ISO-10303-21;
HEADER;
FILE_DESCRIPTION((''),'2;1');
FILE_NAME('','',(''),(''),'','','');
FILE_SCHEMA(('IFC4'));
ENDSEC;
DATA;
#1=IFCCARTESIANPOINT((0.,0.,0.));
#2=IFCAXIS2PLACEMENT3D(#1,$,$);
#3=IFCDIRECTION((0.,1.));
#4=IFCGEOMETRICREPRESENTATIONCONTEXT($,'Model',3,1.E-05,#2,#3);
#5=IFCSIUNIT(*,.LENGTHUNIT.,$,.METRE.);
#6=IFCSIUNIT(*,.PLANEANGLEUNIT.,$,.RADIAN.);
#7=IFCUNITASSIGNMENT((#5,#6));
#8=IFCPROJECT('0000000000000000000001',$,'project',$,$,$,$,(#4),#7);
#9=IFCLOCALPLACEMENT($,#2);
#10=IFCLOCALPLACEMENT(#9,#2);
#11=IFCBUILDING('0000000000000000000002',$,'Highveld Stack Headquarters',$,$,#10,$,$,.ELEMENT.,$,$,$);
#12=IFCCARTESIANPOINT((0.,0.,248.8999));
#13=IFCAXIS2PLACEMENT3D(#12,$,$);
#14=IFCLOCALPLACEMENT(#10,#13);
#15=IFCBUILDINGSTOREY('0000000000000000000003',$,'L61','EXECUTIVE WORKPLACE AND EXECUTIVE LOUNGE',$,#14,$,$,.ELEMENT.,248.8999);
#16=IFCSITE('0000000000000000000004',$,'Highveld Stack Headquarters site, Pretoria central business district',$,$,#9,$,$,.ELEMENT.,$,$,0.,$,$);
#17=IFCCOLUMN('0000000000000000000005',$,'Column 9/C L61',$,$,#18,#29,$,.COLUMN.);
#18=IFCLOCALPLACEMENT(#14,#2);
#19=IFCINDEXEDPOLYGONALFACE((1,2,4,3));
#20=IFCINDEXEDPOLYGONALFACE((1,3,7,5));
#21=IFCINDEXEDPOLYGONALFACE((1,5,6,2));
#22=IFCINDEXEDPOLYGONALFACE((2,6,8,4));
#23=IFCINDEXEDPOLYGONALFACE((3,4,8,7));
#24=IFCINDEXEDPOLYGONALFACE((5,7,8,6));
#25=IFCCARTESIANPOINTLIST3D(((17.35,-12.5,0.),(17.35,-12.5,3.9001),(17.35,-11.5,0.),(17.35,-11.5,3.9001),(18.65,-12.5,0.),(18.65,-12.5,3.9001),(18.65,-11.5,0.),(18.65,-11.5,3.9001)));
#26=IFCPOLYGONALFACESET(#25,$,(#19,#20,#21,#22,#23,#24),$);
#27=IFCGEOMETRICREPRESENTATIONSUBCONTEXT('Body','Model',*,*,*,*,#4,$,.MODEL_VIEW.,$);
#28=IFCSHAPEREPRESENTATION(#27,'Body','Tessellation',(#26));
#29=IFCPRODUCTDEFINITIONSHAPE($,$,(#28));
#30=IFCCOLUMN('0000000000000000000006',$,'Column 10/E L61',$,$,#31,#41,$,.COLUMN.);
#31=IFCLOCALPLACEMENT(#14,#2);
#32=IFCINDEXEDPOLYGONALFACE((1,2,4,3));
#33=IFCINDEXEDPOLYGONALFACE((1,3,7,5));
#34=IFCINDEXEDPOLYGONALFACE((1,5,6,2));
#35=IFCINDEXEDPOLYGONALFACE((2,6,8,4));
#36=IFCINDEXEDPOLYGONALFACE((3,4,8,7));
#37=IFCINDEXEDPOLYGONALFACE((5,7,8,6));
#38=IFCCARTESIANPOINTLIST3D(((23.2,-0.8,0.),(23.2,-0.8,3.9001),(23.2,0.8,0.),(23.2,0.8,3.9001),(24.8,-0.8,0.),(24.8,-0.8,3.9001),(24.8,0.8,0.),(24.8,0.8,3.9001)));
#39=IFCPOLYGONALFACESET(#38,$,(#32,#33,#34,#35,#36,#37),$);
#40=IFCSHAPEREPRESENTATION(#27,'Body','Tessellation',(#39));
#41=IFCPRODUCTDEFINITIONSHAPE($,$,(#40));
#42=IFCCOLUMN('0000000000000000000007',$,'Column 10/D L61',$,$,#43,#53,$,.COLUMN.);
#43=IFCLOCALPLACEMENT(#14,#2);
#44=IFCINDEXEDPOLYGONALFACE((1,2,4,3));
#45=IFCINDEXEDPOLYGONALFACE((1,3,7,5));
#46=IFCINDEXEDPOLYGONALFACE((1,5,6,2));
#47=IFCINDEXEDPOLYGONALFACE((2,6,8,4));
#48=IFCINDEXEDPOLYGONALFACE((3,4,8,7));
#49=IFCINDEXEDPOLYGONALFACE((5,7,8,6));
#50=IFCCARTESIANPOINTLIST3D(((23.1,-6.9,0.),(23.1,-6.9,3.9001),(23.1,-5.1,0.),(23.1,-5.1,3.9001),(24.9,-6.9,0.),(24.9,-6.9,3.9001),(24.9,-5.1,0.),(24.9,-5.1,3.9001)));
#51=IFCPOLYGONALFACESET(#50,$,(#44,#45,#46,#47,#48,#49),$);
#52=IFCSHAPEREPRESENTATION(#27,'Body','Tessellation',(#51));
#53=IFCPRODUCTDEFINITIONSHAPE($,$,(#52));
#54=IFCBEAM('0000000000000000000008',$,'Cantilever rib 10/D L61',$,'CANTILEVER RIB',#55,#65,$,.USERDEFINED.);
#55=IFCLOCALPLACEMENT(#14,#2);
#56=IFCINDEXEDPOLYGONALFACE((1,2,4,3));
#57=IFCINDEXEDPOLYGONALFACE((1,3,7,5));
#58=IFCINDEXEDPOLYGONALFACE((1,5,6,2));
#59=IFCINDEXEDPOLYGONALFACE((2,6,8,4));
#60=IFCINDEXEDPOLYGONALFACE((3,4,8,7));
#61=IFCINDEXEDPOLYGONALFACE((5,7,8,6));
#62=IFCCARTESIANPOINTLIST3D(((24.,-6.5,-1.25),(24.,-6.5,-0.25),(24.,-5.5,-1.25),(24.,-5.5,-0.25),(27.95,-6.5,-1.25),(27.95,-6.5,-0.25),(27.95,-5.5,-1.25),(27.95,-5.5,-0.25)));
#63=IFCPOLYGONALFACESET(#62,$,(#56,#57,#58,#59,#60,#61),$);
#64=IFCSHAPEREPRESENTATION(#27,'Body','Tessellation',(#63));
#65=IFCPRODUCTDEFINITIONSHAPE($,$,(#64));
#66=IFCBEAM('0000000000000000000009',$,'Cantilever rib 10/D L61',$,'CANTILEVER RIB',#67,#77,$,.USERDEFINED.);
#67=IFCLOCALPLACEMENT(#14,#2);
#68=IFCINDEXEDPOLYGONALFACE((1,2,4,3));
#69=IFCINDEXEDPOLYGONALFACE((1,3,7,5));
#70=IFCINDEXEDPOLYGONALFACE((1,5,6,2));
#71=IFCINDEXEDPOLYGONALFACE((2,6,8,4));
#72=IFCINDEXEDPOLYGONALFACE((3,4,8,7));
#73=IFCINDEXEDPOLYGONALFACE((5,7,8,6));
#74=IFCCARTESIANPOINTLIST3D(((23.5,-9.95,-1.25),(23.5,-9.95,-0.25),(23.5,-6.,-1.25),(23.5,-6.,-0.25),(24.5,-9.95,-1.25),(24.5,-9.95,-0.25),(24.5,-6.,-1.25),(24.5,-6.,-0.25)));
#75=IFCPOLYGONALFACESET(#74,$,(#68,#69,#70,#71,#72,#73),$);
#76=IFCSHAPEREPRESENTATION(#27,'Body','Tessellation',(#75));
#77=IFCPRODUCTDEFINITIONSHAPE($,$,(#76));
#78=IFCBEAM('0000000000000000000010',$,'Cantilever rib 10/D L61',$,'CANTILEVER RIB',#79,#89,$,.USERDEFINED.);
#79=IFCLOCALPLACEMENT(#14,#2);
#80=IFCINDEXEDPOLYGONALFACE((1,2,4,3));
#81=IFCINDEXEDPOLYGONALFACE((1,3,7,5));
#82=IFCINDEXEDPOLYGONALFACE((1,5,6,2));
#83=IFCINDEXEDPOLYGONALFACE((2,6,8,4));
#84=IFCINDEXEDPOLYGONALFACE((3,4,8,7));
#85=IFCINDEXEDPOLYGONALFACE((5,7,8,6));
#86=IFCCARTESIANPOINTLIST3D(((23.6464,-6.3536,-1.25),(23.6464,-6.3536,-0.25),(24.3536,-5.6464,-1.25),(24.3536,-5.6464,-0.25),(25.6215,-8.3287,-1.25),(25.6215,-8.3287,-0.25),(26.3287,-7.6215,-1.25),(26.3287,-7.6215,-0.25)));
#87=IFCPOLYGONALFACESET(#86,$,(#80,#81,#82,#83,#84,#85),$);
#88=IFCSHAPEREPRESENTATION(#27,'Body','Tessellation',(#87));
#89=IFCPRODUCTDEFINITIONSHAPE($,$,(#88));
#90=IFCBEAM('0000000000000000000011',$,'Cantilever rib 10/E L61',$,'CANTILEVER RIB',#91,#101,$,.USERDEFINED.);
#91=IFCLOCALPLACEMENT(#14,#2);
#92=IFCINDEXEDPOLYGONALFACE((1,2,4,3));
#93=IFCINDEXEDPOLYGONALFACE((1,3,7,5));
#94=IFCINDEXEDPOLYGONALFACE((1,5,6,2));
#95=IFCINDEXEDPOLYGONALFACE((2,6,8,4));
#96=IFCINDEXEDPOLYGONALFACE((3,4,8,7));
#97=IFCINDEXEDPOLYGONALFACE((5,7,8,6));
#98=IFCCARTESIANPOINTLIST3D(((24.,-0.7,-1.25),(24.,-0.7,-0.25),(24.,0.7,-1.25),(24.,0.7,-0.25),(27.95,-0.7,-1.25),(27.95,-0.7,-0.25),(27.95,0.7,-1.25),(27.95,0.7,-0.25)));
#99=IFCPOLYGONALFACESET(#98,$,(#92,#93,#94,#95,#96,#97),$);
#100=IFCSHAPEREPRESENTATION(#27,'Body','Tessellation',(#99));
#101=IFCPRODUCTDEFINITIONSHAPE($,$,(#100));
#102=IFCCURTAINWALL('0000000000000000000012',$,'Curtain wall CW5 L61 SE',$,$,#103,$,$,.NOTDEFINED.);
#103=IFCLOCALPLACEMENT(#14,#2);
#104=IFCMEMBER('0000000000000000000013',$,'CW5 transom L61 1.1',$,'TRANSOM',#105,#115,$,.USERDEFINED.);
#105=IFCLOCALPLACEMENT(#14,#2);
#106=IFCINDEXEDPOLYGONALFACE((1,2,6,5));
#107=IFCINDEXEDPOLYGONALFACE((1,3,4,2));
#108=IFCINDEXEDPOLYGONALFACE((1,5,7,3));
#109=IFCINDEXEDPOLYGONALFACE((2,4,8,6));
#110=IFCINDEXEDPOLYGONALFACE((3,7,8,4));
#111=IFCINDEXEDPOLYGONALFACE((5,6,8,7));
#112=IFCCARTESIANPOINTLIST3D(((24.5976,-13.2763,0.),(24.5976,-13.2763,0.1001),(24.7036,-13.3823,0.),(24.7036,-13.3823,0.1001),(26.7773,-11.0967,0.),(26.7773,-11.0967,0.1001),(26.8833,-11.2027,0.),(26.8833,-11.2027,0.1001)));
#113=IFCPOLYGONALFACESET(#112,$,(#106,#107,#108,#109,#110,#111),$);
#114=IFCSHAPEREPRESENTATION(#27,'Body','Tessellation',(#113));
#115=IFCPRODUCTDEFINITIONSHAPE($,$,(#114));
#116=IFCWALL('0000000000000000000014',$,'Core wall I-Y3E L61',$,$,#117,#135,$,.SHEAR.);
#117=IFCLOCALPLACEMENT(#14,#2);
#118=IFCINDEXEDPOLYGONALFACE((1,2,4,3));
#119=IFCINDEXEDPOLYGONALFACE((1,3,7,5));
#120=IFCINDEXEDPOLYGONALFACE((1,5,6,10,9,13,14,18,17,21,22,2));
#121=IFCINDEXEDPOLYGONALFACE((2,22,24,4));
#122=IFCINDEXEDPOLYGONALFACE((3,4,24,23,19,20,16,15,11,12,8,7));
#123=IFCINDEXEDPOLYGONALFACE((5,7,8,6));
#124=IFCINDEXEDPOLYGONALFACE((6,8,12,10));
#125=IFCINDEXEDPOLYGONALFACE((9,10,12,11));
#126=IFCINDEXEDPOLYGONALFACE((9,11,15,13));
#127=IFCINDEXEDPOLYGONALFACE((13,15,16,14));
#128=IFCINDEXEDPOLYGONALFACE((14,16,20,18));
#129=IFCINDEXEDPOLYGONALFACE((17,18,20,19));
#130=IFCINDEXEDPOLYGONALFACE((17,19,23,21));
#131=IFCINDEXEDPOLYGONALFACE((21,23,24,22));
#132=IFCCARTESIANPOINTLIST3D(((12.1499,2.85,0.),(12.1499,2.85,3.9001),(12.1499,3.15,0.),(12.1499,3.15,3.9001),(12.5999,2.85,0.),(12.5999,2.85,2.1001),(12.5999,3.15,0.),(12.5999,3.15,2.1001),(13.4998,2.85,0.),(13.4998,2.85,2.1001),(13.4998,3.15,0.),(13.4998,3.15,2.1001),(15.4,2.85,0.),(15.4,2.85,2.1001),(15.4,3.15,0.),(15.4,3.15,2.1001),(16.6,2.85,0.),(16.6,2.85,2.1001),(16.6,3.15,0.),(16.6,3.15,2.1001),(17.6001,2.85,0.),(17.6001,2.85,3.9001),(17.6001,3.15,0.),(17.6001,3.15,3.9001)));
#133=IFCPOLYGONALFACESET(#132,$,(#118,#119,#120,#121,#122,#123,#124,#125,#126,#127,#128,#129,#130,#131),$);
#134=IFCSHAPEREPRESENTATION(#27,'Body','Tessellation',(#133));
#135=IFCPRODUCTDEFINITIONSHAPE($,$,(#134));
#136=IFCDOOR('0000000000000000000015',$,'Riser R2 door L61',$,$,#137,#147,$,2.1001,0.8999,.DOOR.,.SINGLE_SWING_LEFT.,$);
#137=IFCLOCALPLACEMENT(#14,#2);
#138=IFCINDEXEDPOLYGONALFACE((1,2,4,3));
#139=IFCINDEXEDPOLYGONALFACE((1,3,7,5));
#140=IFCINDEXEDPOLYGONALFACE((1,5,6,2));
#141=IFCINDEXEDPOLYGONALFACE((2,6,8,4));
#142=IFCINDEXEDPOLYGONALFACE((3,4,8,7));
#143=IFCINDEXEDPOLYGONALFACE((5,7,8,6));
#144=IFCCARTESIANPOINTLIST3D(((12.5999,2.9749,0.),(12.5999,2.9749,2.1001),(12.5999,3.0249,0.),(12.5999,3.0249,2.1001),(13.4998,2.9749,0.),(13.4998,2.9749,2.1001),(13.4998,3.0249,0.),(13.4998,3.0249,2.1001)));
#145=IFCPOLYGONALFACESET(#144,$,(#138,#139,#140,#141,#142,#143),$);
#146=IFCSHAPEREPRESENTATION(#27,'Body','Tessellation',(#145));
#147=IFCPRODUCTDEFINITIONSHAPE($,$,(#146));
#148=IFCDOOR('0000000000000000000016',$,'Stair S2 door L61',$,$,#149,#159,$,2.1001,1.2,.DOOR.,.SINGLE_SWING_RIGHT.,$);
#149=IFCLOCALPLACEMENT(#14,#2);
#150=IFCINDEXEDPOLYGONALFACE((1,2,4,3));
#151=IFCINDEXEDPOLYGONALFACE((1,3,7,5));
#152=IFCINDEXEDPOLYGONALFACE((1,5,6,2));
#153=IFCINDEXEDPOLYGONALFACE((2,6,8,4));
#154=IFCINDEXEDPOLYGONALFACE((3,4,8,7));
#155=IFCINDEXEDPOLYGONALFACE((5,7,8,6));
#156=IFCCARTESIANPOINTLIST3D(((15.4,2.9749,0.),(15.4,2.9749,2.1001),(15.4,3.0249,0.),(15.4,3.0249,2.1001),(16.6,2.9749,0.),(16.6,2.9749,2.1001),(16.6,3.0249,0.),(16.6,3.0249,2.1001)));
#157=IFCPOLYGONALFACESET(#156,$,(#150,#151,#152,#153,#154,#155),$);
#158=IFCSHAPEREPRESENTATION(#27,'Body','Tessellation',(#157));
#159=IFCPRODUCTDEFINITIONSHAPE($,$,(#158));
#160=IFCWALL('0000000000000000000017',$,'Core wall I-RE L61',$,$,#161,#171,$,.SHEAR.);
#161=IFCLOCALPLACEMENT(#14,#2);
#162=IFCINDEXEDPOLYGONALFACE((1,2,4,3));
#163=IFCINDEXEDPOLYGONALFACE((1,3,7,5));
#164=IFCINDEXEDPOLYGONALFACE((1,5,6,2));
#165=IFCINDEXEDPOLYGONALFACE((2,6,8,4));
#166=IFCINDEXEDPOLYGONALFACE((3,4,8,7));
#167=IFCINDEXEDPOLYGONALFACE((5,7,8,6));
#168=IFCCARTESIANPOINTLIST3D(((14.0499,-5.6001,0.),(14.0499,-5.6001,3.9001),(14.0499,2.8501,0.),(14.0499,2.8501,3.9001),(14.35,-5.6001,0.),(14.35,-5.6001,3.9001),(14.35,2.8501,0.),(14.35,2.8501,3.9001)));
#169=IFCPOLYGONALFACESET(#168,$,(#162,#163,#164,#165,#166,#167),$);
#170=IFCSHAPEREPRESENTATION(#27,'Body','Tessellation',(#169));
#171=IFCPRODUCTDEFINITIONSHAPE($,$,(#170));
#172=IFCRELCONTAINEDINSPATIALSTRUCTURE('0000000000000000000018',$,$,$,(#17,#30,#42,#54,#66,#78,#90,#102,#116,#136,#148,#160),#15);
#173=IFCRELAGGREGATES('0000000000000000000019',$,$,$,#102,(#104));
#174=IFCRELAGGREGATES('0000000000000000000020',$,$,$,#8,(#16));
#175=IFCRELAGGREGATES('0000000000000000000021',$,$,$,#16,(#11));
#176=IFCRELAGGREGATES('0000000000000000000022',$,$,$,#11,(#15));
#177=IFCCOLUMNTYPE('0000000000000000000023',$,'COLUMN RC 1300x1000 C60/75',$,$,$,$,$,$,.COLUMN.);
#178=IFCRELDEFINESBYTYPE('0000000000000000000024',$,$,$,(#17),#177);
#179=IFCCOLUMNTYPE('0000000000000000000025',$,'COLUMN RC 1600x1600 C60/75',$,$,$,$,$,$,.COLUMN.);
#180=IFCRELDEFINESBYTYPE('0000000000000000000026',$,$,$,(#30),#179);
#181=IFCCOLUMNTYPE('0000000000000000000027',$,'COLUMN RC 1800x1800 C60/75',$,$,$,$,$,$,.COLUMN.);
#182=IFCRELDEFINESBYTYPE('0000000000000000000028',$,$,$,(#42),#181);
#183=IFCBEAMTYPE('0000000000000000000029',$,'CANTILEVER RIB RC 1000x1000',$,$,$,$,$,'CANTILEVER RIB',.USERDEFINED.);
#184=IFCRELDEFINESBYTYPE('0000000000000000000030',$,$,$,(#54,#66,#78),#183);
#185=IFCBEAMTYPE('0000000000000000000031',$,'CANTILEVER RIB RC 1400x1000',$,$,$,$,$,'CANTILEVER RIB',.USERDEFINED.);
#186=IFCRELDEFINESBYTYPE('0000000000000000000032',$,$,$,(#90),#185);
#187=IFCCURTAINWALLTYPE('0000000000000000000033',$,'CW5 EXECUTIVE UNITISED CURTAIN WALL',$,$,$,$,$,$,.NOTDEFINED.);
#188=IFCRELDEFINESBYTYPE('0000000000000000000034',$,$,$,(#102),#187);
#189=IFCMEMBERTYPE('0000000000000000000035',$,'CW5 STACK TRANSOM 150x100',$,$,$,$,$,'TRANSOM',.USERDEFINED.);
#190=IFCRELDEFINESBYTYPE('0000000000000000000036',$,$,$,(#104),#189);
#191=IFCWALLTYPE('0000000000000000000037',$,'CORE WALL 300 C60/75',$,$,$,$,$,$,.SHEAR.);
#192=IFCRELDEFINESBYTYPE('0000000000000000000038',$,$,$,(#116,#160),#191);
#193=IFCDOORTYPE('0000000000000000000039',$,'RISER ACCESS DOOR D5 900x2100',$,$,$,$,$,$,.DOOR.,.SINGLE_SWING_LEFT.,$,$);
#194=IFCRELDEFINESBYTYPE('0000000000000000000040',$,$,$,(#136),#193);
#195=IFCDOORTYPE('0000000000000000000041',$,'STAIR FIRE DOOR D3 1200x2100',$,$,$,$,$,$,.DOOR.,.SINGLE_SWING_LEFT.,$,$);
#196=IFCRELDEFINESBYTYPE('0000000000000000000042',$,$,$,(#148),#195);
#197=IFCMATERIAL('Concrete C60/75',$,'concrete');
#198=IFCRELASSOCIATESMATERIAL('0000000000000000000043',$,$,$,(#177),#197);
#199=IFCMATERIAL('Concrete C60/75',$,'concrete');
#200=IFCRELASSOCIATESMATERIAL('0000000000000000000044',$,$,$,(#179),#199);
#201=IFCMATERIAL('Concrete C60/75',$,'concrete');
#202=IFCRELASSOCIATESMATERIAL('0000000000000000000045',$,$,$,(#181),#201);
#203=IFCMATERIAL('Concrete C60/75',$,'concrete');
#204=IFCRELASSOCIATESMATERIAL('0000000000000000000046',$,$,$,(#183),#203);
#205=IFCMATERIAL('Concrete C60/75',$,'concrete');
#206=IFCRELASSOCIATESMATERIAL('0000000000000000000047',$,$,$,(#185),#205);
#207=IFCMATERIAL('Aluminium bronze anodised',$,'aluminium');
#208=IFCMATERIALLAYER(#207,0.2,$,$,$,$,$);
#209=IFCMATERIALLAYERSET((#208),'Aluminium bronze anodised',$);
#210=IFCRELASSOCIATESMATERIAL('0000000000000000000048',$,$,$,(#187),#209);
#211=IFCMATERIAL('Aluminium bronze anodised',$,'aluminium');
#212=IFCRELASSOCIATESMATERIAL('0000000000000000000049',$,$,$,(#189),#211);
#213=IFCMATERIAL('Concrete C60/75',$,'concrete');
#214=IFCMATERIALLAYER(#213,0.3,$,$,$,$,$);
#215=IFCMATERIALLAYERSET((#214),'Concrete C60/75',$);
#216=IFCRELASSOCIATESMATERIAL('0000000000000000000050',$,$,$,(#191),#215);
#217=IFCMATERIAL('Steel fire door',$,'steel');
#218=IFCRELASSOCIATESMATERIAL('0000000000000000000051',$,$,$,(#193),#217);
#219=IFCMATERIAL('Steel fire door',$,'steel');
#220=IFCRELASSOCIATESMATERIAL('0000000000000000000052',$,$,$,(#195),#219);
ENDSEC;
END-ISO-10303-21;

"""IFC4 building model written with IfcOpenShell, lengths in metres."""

from ifc_helpers import new_model, si_unit, direction, frame, frame_2d, origin, origin_2d, place, context, subcontext, project, spatial, rectangle, extrude, material, layer, layer_set, material_profile, profile_set, type_object, element, fill, aggregate, save


model = new_model("IFC4")

# Units and contexts
model_context = context("Model", 3, precision=1e-05, world=origin(), true_north=direction((0.0, 1.0)))
body_context = subcontext(model_context, "Body", "Model", "MODEL_VIEW")
ifc_project = project(units=[si_unit("LENGTHUNIT", "METRE"), si_unit("PLANEANGLEUNIT", "RADIAN")], contexts=[model_context])

# Site, building, storey
site_placement = place(None, origin())
site = spatial("IfcSite", under=ifc_project, at=site_placement, Name="Highveld Stack Headquarters site, Pretoria central business district", CompositionType="ELEMENT", RefElevation=0.0)
building_placement = place(site_placement, origin())
building = spatial("IfcBuilding", under=site, at=building_placement, Name="Highveld Stack Headquarters", CompositionType="ELEMENT")
storey_placement = place(building_placement, frame((0.0, 0.0, 248.8999)))
storey = spatial("IfcBuildingStorey", under=building, at=storey_placement, Name="L61", Description="EXECUTIVE WORKPLACE AND EXECUTIVE LOUNGE", CompositionType="ELEMENT", Elevation=248.8999)

# Columns
ifc_material_1 = material(Name="Concrete C60/75", Category="concrete")
ifc_material_profile_1 = material_profile(ifc_material_1, rectangle(XDim=1.3, YDim=1.0, at=origin_2d()), Name="RC 1300x1000")
ifc_profile_set_1 = profile_set([ifc_material_profile_1], Name="Concrete C60/75")
column_type_1 = type_object("IfcColumnType", Name="COLUMN RC 1300x1000 C60/75", PredefinedType="COLUMN", material=ifc_profile_set_1)
column_1_placement = place(storey_placement, frame((18.0, -12.0, 0.0), z_axis=(0.0, 0.0, 1.0), x_axis=(1.0, 0.0, 0.0)))
element("IfcColumn", 1, at=column_1_placement, inside=storey, type_object=column_type_1, Name="Column 9/C L61", PredefinedType="COLUMN", context=body_context, shape_type="SweptSolid", body=[
    extrude(rectangle(XDim=1.3, YDim=1.0, at=origin_2d()), origin(), (0.0, 0.0, 1.0), 3.9001),
])
ifc_material_2 = material(Name="Concrete C60/75", Category="concrete")
ifc_material_profile_2 = material_profile(ifc_material_2, rectangle(XDim=1.6001, YDim=1.6001, at=origin_2d()), Name="RC 1600x1600")
ifc_profile_set_2 = profile_set([ifc_material_profile_2], Name="Concrete C60/75")
column_type_2 = type_object("IfcColumnType", Name="COLUMN RC 1600x1600 C60/75", PredefinedType="COLUMN", material=ifc_profile_set_2)
column_2_placement = place(storey_placement, frame((24.0, 0.0, 0.0), z_axis=(0.0, 0.0, 1.0), x_axis=(1.0, 0.0, 0.0)))
element("IfcColumn", 2, at=column_2_placement, inside=storey, type_object=column_type_2, Name="Column 10/E L61", PredefinedType="COLUMN", context=body_context, shape_type="SweptSolid", body=[
    extrude(rectangle(XDim=1.6001, YDim=1.6001, at=origin_2d()), origin(), (0.0, 0.0, 1.0), 3.9001),
])
ifc_material_3 = material(Name="Concrete C60/75", Category="concrete")
ifc_material_profile_3 = material_profile(ifc_material_3, rectangle(XDim=1.8, YDim=1.8, at=origin_2d()), Name="RC 1800x1800")
ifc_profile_set_3 = profile_set([ifc_material_profile_3], Name="Concrete C60/75")
column_type_3 = type_object("IfcColumnType", Name="COLUMN RC 1800x1800 C60/75", PredefinedType="COLUMN", material=ifc_profile_set_3)
column_3_placement = place(storey_placement, frame((24.0, -6.0, 0.0), z_axis=(0.0, 0.0, 1.0), x_axis=(1.0, 0.0, 0.0)))
element("IfcColumn", 3, at=column_3_placement, inside=storey, type_object=column_type_3, Name="Column 10/D L61", PredefinedType="COLUMN", context=body_context, shape_type="SweptSolid", body=[
    extrude(rectangle(XDim=1.8, YDim=1.8, at=origin_2d()), origin(), (0.0, 0.0, 1.0), 3.9001),
])

# Beams
ifc_material_4 = material(Name="Concrete C60/75", Category="concrete")
ifc_material_profile_4 = material_profile(ifc_material_4, rectangle(XDim=1.0, YDim=1.0, at=origin_2d()), Name="RC 1000x1000")
ifc_profile_set_4 = profile_set([ifc_material_profile_4], Name="Concrete C60/75")
beam_type_1 = type_object("IfcBeamType", Name="CANTILEVER RIB RC 1000x1000", ElementType="CANTILEVER RIB", PredefinedType="USERDEFINED", material=ifc_profile_set_4)
for number, where, z_axis, x_axis, name in (
    (4, (24.0, -6.0, -0.75), (1.0, 0.0, 0.0), (0.0, 1.0, 0.0), "Cantilever rib 10/D L61"),
    (5, (24.0, -6.0, -0.75), (0.0, -1.0, 0.0), (1.0, 0.0, 0.0), "Cantilever rib 10/D L61"),
):
    element("IfcBeam", number, at=place(storey_placement, frame(where, z_axis=z_axis, x_axis=x_axis)), inside=storey, type_object=beam_type_1, Name=name, ObjectType="CANTILEVER RIB", PredefinedType="USERDEFINED", context=body_context, shape_type="SweptSolid", body=[
        extrude(rectangle(XDim=1.0, YDim=1.0, at=origin_2d()), origin(), (0.0, 0.0, 1.0), 3.95),
    ])
beam_1_placement = place(storey_placement, frame((24.0, -6.0, -0.75), z_axis=(0.707107, -0.707107, 0.0), x_axis=(0.707107, 0.707107, 0.0)))
element("IfcBeam", 6, at=beam_1_placement, inside=storey, type_object=beam_type_1, Name="Cantilever rib 10/D L61", ObjectType="CANTILEVER RIB", PredefinedType="USERDEFINED", context=body_context, shape_type="SweptSolid", body=[
    extrude(rectangle(XDim=1.0, YDim=1.0, at=origin_2d()), origin(), (0.0, 0.0, 1.0), 2.7932),
])
ifc_material_5 = material(Name="Concrete C60/75", Category="concrete")
ifc_material_profile_5 = material_profile(ifc_material_5, rectangle(XDim=1.3999, YDim=1.0, at=origin_2d()), Name="RC 1400x1000")
ifc_profile_set_5 = profile_set([ifc_material_profile_5], Name="Concrete C60/75")
beam_type_2 = type_object("IfcBeamType", Name="CANTILEVER RIB RC 1400x1000", ElementType="CANTILEVER RIB", PredefinedType="USERDEFINED", material=ifc_profile_set_5)
beam_2_placement = place(storey_placement, frame((24.0, 0.0, -0.75), z_axis=(1.0, 0.0, 0.0), x_axis=(0.0, 1.0, 0.0)))
element("IfcBeam", 7, at=beam_2_placement, inside=storey, type_object=beam_type_2, Name="Cantilever rib 10/E L61", ObjectType="CANTILEVER RIB", PredefinedType="USERDEFINED", context=body_context, shape_type="SweptSolid", body=[
    extrude(rectangle(XDim=1.3999, YDim=1.0, at=origin_2d()), origin(), (0.0, 0.0, 1.0), 3.95),
])

# Curtain wall, member
ifc_material_6 = material(Name="Aluminium bronze anodised", Category="aluminium")
ifc_layer_1 = layer(ifc_material_6, 0.2)
ifc_layer_set_1 = layer_set([ifc_layer_1], Name="Aluminium bronze anodised")
curtain_wall_type = type_object("IfcCurtainWallType", Name="CW5 EXECUTIVE UNITISED CURTAIN WALL", PredefinedType="NOTDEFINED", material=ifc_layer_set_1)
curtain_wall_placement = place(storey_placement, origin())
curtain_wall = element("IfcCurtainWall", 8, at=curtain_wall_placement, inside=storey, type_object=curtain_wall_type, Name="Curtain wall CW5 L61 SE", PredefinedType="NOTDEFINED")
ifc_material_7 = material(Name="Aluminium bronze anodised", Category="aluminium")
ifc_material_profile_6 = material_profile(ifc_material_7, rectangle(XDim=0.1499, YDim=0.1001, at=origin_2d()), Name="CW5 TRANSOM 150x100")
ifc_profile_set_6 = profile_set([ifc_material_profile_6], Name="Aluminium bronze anodised")
member_type = type_object("IfcMemberType", Name="CW5 STACK TRANSOM 150x100", ElementType="TRANSOM", PredefinedType="USERDEFINED", material=ifc_profile_set_6)
member_placement = place(storey_placement, frame((24.6506, -13.3293, 0.05), z_axis=(0.707107, 0.707107, 0.0), x_axis=(-0.707107, 0.707107, 0.0)))
member = element("IfcMember", 9, at=member_placement, type_object=member_type, Name="CW5 transom L61 1.1", ObjectType="TRANSOM", PredefinedType="USERDEFINED", context=body_context, shape_type="SweptSolid", body=[
    extrude(rectangle(XDim=0.1499, YDim=0.1001, at=origin_2d()), origin(), (0.0, 0.0, 1.0), 3.0825),
])
aggregate(curtain_wall, [member])

# Wall, openings, doors
ifc_material_8 = material(Name="Concrete C60/75", Category="concrete")
ifc_layer_2 = layer(ifc_material_8, 0.3)
ifc_layer_set_2 = layer_set([ifc_layer_2], Name="Concrete C60/75")
wall_type_1 = type_object("IfcWallType", Name="CORE WALL 300 C60/75", PredefinedType="SHEAR", material=ifc_layer_set_2)
wall_1_placement = place(storey_placement, frame((12.1499, 3.0, 0.0), z_axis=(0.0, 0.0, 1.0), x_axis=(1.0, 0.0, 0.0)))
wall_1 = element("IfcWall", 10, at=wall_1_placement, inside=storey, type_object=wall_type_1, Name="Core wall I-Y3E L61", PredefinedType="SHEAR", context=body_context, shape_type="SweptSolid", body=[
    extrude(rectangle(XDim=5.4502, YDim=0.3, at=frame_2d((2.7251, 0.0))), origin(), (0.0, 0.0, 1.0), 3.9001),
])
opening_1_placement = place(wall_1_placement, frame((3.25, 0.0, 0.0)))
opening_1 = element("IfcOpeningElement", 11, at=opening_1_placement, cuts=wall_1, PredefinedType="OPENING", context=body_context, shape_type="SweptSolid", body=[
    extrude(rectangle(XDim=1.2, YDim=2.1001, at=frame_2d((0.6001, 1.05))), frame((0.0, 0.1599, 0.0), z_axis=(0.0, -1.0, 0.0), x_axis=(1.0, 0.0, 0.0)), (0.0, 0.0, 1.0), 0.3201),
])
opening_2_placement = place(wall_1_placement, frame((0.45, 0.0, 0.0)))
opening_2 = element("IfcOpeningElement", 12, at=opening_2_placement, cuts=wall_1, PredefinedType="OPENING", context=body_context, shape_type="SweptSolid", body=[
    extrude(rectangle(XDim=0.8999, YDim=2.1001, at=frame_2d((0.45, 1.05))), frame((0.0, 0.1599, 0.0), z_axis=(0.0, -1.0, 0.0), x_axis=(1.0, 0.0, 0.0)), (0.0, 0.0, 1.0), 0.3201),
])
ifc_material_9 = material(Name="Steel fire door", Category="steel")
door_type_1 = type_object("IfcDoorType", Name="RISER ACCESS DOOR D5 900x2100", OperationType="SINGLE_SWING_LEFT", PredefinedType="DOOR", material=ifc_material_9)
door_1_placement = place(opening_2_placement, origin())
door_1 = element("IfcDoor", 13, at=door_1_placement, inside=storey, type_object=door_type_1, Name="Riser R2 door L61", OperationType="SINGLE_SWING_LEFT", OverallHeight=2.1001, OverallWidth=0.8999, PredefinedType="DOOR", context=body_context, shape_type="SweptSolid", body=[
    extrude(rectangle(XDim=0.8999, YDim=2.1001, at=frame_2d((0.45, 1.05))), frame((0.0, 0.0249, 0.0), z_axis=(0.0, -1.0, 0.0), x_axis=(1.0, 0.0, 0.0)), (0.0, 0.0, 1.0), 0.05),
])
fill(opening_2, door_1)
ifc_material_10 = material(Name="Steel fire door", Category="steel")
door_type_2 = type_object("IfcDoorType", Name="STAIR FIRE DOOR D3 1200x2100", OperationType="SINGLE_SWING_LEFT", PredefinedType="DOOR", material=ifc_material_10)
door_2_placement = place(opening_1_placement, origin())
door_2 = element("IfcDoor", 14, at=door_2_placement, inside=storey, type_object=door_type_2, Name="Stair S2 door L61", OperationType="SINGLE_SWING_RIGHT", OverallHeight=2.1001, OverallWidth=1.2, PredefinedType="DOOR", context=body_context, shape_type="SweptSolid", body=[
    extrude(rectangle(XDim=1.2, YDim=2.1001, at=frame_2d((0.6001, 1.05))), frame((0.0, 0.0249, 0.0), z_axis=(0.0, -1.0, 0.0), x_axis=(1.0, 0.0, 0.0)), (0.0, 0.0, 1.0), 0.05),
])
fill(opening_1, door_2)

# Wall
wall_2_placement = place(storey_placement, frame((14.2, -5.6001, 0.0), z_axis=(0.0, 0.0, 1.0), x_axis=(0.0, 1.0, 0.0)))
element("IfcWall", 15, at=wall_2_placement, inside=storey, type_object=wall_type_1, Name="Core wall I-RE L61", PredefinedType="SHEAR", context=body_context, shape_type="SweptSolid", body=[
    extrude(rectangle(XDim=8.4502, YDim=0.3, at=frame_2d((4.2251, 0.0))), origin(), (0.0, 0.0, 1.0), 3.9001),
])

save(model, "model.ifc")
